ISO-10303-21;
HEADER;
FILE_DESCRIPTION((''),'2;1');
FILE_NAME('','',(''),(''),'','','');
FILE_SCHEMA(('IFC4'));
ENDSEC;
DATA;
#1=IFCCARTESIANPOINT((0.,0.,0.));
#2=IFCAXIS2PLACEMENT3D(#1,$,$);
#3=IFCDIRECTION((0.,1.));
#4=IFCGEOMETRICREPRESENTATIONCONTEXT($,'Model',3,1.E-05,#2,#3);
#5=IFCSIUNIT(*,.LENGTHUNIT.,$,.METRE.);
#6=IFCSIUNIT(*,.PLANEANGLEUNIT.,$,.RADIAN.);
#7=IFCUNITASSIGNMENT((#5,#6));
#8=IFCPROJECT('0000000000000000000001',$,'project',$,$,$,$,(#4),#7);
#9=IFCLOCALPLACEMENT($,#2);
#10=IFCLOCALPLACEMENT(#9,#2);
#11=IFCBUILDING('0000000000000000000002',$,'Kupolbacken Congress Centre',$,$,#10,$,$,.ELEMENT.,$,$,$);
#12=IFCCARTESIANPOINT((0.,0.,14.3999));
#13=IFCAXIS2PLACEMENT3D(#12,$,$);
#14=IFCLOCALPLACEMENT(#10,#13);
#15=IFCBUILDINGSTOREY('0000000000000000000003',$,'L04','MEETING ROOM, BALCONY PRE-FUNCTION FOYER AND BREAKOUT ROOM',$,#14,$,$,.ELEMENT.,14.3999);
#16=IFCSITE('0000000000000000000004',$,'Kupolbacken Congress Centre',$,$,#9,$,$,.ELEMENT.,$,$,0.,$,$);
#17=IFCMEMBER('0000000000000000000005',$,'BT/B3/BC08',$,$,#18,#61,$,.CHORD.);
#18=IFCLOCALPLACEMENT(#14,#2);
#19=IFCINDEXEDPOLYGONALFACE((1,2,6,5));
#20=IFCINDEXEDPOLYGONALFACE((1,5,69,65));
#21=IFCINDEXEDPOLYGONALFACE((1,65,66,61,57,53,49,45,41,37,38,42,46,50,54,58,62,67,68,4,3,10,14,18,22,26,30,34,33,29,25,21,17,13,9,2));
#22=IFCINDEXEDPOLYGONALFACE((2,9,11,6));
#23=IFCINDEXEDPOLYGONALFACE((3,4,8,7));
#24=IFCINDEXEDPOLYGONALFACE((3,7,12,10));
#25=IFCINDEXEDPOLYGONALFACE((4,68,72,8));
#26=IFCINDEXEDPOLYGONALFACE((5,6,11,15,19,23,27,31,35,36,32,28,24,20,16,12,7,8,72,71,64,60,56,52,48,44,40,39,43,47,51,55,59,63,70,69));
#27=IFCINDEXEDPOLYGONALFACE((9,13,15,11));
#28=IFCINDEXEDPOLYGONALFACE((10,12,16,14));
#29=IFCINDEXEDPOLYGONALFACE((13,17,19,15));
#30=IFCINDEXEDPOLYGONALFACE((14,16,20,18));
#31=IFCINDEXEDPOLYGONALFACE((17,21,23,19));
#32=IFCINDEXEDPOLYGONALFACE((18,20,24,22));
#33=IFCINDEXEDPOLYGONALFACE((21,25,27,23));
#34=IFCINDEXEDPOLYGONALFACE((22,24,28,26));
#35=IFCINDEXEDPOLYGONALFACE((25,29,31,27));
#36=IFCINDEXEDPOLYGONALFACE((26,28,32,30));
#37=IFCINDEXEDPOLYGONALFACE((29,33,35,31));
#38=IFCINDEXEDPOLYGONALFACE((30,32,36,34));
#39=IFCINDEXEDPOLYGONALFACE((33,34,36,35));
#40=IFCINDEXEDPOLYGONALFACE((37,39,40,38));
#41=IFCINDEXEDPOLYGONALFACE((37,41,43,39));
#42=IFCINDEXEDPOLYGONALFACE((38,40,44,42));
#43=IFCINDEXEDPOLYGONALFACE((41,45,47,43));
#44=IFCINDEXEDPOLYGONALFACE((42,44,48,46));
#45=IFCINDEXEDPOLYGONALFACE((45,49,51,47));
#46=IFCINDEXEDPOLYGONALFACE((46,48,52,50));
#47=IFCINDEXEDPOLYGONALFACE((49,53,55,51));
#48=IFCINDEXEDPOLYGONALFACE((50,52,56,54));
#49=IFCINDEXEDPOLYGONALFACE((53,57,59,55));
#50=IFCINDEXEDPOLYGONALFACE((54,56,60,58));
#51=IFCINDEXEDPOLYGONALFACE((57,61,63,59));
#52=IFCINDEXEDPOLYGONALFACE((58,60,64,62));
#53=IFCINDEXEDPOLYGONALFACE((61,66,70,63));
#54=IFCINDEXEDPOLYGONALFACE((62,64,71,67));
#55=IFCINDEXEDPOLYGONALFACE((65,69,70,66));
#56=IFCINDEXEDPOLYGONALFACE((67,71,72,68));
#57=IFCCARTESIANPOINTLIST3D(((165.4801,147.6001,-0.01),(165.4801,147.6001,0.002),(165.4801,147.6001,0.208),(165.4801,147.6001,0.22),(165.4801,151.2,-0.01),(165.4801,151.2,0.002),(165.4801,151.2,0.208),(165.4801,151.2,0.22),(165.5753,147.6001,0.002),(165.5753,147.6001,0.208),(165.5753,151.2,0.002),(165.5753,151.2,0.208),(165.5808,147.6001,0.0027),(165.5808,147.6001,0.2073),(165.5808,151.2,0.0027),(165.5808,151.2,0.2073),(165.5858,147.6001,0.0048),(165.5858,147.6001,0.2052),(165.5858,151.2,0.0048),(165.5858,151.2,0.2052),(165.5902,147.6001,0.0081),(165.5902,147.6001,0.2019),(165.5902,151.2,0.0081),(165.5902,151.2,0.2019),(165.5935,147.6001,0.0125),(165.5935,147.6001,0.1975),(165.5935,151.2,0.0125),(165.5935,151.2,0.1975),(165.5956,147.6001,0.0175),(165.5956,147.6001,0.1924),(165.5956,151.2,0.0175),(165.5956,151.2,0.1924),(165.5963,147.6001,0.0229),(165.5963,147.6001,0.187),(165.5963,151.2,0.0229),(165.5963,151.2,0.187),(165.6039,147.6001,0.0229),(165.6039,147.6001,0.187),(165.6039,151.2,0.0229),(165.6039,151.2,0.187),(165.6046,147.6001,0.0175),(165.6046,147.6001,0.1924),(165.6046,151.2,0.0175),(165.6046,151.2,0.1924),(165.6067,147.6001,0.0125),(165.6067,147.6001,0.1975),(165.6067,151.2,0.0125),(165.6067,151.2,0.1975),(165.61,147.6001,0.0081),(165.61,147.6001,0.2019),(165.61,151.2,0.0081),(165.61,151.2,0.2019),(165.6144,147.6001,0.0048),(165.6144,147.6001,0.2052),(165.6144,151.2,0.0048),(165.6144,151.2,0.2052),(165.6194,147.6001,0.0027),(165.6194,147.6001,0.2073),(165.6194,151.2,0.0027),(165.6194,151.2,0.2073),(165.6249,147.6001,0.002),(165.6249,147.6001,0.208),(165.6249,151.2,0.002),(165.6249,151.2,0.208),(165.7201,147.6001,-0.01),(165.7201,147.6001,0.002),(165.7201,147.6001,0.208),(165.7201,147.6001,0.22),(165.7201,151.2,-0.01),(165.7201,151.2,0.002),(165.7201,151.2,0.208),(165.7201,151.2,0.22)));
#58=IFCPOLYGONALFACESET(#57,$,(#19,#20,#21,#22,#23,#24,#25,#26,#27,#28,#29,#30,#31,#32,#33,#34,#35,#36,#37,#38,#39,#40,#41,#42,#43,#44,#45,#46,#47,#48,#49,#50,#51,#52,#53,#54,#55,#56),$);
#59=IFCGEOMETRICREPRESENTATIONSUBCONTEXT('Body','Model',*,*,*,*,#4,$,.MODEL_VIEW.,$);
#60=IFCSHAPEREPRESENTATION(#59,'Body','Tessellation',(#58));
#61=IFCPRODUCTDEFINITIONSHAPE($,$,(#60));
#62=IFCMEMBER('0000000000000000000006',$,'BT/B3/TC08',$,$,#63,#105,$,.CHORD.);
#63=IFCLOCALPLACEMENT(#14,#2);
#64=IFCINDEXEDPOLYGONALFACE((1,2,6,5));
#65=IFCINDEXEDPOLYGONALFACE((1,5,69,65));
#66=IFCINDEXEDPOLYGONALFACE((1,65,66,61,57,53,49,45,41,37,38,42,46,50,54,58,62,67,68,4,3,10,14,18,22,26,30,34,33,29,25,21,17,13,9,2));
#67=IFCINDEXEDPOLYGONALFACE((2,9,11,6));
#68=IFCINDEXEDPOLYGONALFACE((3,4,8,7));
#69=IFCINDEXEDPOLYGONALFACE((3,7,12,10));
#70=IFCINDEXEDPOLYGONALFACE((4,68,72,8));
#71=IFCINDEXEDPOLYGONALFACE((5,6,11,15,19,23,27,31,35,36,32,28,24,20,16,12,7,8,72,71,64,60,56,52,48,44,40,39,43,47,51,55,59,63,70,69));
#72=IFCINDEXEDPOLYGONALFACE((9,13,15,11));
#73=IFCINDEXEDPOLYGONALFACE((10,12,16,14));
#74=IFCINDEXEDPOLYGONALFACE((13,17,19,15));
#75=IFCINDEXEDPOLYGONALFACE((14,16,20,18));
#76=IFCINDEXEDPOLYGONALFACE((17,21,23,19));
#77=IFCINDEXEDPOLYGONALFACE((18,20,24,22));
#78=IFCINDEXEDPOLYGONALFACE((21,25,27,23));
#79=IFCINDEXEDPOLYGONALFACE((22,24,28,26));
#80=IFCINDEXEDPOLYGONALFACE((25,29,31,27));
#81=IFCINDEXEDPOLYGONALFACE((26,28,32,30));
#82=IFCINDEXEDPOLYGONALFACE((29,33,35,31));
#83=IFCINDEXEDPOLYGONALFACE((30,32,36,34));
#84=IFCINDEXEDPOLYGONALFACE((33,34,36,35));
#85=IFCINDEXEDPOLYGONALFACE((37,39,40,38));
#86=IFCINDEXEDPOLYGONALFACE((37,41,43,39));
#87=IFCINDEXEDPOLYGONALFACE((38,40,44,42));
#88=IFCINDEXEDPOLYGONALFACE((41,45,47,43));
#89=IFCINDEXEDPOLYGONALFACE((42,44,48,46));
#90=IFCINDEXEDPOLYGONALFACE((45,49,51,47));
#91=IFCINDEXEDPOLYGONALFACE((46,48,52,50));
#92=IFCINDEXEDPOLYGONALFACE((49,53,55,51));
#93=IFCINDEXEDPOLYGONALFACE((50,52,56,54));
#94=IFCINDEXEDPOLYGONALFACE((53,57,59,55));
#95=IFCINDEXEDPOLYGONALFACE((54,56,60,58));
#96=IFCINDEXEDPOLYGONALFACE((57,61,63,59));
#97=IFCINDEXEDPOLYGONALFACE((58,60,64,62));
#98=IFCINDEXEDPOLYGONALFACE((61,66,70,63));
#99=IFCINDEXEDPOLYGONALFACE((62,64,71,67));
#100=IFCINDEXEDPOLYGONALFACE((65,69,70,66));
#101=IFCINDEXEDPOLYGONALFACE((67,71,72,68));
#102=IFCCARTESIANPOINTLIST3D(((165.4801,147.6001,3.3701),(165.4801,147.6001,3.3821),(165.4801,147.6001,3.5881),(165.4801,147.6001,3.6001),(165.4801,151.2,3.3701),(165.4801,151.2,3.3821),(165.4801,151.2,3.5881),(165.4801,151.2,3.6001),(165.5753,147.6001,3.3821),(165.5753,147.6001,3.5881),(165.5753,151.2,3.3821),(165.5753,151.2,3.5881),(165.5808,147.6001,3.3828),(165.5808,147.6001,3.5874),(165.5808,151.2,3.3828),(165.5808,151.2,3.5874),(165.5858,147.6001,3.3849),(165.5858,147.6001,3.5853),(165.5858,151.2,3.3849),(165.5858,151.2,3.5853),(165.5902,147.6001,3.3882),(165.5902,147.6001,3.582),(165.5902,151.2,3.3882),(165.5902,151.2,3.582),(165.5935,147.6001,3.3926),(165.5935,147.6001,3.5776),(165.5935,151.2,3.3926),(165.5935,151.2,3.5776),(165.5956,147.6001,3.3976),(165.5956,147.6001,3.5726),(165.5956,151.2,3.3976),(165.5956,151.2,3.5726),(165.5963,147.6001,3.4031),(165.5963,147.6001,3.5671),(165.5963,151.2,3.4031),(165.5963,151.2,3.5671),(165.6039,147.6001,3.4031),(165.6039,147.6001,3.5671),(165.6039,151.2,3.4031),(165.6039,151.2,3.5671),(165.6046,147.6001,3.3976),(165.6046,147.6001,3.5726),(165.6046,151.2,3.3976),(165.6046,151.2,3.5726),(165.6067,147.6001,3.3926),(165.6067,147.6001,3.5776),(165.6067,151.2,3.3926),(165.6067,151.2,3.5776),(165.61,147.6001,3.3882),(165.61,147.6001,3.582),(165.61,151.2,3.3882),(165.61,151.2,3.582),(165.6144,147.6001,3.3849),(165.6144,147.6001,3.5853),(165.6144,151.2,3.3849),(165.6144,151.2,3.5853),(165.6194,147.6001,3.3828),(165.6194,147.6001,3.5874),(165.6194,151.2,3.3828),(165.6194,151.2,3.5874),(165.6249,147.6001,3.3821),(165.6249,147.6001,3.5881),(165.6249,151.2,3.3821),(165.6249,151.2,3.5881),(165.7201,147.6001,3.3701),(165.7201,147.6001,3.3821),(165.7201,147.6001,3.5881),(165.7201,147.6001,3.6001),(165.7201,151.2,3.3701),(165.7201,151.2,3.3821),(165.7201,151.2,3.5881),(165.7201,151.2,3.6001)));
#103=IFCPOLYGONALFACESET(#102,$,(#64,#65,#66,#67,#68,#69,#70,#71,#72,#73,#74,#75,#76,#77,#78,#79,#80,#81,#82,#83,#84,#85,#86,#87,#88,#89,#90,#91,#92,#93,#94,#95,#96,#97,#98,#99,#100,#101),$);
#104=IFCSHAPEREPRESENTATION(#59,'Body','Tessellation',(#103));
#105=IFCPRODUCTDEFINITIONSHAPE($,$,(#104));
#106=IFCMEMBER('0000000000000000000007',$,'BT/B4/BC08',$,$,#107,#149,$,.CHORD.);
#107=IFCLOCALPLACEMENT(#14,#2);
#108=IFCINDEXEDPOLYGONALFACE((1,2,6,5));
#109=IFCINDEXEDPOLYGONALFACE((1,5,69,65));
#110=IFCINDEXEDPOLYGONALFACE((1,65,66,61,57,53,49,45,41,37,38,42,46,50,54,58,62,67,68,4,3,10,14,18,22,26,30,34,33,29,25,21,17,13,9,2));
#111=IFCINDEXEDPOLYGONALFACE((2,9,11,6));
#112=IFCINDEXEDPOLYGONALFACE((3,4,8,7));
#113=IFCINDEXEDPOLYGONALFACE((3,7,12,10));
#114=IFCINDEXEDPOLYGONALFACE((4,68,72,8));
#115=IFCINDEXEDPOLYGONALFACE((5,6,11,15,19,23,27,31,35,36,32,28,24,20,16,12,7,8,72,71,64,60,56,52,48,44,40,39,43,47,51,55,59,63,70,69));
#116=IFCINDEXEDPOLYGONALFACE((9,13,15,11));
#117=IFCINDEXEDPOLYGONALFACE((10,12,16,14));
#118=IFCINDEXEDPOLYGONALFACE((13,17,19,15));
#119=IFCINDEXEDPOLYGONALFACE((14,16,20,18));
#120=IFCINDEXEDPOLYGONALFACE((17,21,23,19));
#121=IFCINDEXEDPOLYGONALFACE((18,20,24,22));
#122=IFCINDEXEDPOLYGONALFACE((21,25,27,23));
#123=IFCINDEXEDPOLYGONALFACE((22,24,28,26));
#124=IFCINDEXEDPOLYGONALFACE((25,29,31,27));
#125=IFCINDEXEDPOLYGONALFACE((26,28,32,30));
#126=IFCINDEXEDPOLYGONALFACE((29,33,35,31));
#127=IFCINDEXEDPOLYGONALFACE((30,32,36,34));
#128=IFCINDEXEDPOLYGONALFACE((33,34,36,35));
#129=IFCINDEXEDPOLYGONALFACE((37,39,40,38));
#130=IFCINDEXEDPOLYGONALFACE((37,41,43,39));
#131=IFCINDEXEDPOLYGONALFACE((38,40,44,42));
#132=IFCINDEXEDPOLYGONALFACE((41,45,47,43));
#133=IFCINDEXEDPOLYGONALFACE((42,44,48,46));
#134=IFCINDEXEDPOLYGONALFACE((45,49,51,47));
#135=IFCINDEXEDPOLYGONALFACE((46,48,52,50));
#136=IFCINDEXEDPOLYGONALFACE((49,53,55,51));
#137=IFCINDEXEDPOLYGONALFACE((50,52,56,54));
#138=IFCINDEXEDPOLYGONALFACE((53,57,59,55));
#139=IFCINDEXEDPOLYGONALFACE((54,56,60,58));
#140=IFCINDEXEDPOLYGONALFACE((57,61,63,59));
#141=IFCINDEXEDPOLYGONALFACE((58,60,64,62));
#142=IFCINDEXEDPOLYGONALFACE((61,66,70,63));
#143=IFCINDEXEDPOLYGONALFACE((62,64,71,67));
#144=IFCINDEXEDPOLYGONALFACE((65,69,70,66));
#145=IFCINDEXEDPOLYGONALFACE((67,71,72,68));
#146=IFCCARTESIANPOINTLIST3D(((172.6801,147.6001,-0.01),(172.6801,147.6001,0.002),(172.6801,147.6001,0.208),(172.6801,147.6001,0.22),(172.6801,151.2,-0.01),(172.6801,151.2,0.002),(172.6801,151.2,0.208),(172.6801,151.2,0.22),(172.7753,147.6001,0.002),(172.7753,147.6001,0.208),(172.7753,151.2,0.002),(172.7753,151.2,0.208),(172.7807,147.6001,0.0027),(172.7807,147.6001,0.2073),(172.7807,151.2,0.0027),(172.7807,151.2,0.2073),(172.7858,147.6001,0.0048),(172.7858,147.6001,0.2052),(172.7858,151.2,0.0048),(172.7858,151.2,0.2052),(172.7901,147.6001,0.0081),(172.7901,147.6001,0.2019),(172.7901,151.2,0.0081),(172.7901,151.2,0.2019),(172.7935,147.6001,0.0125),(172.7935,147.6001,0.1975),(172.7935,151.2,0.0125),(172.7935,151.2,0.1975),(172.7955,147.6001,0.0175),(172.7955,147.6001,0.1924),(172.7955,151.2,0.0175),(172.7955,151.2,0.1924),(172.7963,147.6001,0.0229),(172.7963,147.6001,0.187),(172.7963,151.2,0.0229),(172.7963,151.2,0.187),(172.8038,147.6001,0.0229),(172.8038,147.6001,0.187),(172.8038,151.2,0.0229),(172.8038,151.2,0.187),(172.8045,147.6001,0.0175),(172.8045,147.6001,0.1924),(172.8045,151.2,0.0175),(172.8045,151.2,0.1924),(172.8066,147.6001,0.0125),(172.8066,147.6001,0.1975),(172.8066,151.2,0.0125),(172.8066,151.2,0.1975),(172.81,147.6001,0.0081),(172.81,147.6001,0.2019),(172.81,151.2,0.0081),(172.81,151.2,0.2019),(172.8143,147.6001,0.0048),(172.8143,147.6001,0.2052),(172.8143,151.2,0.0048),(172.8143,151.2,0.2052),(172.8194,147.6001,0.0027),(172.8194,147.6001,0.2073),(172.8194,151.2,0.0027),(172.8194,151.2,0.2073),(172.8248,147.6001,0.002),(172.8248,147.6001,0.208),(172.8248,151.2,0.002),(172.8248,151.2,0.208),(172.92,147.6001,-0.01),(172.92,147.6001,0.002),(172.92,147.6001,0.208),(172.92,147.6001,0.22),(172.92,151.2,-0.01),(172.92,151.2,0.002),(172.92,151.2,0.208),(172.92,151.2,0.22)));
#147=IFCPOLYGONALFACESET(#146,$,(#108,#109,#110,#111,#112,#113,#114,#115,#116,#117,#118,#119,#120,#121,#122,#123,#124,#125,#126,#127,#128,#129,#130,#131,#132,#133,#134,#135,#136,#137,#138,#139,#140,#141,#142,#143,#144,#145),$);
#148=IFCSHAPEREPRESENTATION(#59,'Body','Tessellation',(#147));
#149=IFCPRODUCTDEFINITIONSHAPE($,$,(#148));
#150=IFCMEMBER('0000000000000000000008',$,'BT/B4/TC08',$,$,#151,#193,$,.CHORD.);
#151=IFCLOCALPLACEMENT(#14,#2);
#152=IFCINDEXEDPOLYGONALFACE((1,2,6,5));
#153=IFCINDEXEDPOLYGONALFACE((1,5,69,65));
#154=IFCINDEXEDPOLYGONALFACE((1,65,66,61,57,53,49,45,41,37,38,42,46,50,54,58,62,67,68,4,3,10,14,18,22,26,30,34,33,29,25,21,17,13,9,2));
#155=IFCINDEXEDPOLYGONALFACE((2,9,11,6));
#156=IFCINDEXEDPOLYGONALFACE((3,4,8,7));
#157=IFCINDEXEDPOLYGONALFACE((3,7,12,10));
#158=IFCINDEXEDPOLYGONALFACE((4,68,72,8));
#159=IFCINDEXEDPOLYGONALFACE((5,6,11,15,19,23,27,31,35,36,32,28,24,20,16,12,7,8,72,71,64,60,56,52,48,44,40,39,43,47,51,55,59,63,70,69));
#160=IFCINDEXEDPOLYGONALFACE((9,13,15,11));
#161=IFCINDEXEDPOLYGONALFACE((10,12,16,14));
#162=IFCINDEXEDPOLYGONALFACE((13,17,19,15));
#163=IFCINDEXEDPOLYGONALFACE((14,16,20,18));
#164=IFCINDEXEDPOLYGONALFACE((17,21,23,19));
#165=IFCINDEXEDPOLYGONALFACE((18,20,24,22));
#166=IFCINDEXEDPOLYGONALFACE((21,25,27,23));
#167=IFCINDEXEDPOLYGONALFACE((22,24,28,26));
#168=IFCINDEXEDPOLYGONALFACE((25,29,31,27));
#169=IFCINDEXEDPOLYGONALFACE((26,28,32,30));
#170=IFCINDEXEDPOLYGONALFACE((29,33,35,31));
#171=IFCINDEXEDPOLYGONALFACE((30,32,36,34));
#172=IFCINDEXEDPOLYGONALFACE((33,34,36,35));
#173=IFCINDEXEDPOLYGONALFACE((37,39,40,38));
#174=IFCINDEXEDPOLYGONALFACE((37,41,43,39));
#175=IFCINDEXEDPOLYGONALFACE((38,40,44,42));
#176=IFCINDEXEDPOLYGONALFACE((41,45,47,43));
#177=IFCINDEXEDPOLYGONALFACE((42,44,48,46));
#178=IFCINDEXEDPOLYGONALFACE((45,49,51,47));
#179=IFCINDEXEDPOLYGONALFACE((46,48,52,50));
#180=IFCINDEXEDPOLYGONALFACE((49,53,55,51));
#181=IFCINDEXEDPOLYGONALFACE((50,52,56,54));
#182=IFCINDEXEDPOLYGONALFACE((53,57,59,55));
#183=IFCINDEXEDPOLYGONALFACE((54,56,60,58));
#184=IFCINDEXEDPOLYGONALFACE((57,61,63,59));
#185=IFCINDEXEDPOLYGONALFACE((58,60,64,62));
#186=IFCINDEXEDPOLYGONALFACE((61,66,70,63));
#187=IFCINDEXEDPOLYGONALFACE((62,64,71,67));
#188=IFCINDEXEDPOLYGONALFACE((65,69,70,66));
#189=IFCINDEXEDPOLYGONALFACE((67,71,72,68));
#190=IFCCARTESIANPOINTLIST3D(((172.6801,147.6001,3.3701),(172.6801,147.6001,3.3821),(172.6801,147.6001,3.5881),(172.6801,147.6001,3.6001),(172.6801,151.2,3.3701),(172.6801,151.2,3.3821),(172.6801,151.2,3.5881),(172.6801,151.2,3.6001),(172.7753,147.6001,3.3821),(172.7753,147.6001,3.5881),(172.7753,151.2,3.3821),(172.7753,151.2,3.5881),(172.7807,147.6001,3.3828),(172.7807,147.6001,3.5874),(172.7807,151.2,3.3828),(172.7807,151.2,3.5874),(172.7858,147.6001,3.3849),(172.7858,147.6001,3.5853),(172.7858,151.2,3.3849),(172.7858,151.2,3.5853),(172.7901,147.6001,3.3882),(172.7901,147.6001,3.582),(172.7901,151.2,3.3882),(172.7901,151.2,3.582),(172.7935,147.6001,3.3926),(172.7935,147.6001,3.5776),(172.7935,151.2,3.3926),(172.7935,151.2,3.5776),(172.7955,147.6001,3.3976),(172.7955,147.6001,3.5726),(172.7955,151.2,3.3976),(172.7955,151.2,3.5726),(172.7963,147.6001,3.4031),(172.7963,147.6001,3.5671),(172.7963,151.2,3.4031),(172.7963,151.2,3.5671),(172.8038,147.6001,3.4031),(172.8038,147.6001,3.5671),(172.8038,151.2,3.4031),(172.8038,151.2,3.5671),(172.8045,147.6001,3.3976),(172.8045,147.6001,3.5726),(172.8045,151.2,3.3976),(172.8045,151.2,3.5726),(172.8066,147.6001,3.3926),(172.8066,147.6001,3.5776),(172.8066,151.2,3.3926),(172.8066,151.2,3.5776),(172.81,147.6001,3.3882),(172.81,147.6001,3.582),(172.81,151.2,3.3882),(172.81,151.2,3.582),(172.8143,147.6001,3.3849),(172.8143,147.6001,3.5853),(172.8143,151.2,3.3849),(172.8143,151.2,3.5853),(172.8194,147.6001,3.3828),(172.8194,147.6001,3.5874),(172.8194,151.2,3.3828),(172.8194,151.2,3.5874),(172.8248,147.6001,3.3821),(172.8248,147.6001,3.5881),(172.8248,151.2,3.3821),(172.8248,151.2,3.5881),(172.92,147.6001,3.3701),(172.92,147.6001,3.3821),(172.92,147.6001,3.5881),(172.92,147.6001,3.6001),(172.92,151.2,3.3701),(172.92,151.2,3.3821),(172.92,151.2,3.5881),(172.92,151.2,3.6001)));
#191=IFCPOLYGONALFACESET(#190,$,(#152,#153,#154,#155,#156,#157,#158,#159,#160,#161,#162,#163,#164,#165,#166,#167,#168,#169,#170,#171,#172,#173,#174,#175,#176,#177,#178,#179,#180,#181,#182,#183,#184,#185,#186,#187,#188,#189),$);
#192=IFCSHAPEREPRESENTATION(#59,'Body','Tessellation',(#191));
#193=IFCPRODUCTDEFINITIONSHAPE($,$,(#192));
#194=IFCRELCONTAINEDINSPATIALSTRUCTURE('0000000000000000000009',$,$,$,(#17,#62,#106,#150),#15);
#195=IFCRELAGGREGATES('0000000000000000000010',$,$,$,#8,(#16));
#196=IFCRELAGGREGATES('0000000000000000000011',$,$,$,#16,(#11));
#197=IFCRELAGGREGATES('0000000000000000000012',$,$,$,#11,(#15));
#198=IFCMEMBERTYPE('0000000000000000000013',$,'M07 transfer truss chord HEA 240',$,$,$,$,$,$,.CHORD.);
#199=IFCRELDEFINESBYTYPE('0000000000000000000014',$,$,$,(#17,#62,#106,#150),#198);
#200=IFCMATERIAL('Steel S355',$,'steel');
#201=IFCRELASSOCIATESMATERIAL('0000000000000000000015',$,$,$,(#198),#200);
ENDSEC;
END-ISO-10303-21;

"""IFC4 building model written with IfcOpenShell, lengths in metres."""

from ifc_helpers import new_model, si_unit, direction, frame, origin, origin_2d, place, context, subcontext, project, spatial, i_section, extrude, material, material_profile, profile_set, type_object, element, save


model = new_model("IFC4")

# Units and contexts
model_context = context("Model", 3, precision=1e-05, world=origin(), true_north=direction((0.0, 1.0)))
body_context = subcontext(model_context, "Body", "Model", "MODEL_VIEW")
ifc_project = project(units=[si_unit("LENGTHUNIT", "METRE"), si_unit("PLANEANGLEUNIT", "RADIAN")], contexts=[model_context])

# Site, building, storey
site_placement = place(None, origin())
site = spatial("IfcSite", under=ifc_project, at=site_placement, Name="Kupolbacken Congress Centre", CompositionType="ELEMENT", RefElevation=0.0)
building_placement = place(site_placement, origin())
building = spatial("IfcBuilding", under=site, at=building_placement, Name="Kupolbacken Congress Centre", CompositionType="ELEMENT")
storey_placement = place(building_placement, frame((0.0, 0.0, 14.3999)))
storey = spatial("IfcBuildingStorey", under=building, at=storey_placement, Name="L04", Description="MEETING ROOM, BALCONY PRE-FUNCTION FOYER AND BREAKOUT ROOM", CompositionType="ELEMENT", Elevation=14.3999)

# Members
ifc_material_1 = material(Name="Steel S355", Category="steel")
ifc_material_profile_1 = material_profile(ifc_material_1, i_section(OverallWidth=0.24, OverallDepth=0.23, WebThickness=0.0076, FlangeThickness=0.012, FilletRadius=0.021, at=origin_2d()), Name="HEA 240")
ifc_profile_set_1 = profile_set([ifc_material_profile_1], Name="Steel S355")
member_type_1 = type_object("IfcMemberType", Name="M07 transfer truss chord HEA 240", PredefinedType="CHORD", material=ifc_profile_set_1)
for number, where, z_axis, x_axis, name in (
    (1, (165.6001, 147.6001, 0.105), (0.0, 1.0, 0.0), (-1.0, 0.0, 0.0), "BT/B3/BC08"),
    (2, (165.6001, 147.6001, 3.4851), (0.0, 1.0, 0.0), (-1.0, 0.0, 0.0), "BT/B3/TC08"),
    (3, (172.8, 147.6001, 0.105), (0.0, 1.0, 0.0), (-1.0, 0.0, 0.0), "BT/B4/BC08"),
    (4, (172.8, 147.6001, 3.4851), (0.0, 1.0, 0.0), (-1.0, 0.0, 0.0), "BT/B4/TC08"),
):
    element("IfcMember", number, at=place(storey_placement, frame(where, z_axis=z_axis, x_axis=x_axis)), inside=storey, type_object=member_type_1, Name=name, PredefinedType="CHORD", context=body_context, shape_type="SweptSolid", body=[
        extrude(i_section(OverallWidth=0.24, OverallDepth=0.23, WebThickness=0.0076, FlangeThickness=0.012, FilletRadius=0.021, at=origin_2d()), origin(), (0.0, 0.0, 1.0), 3.5999),
    ])

save(model, "model.ifc")
